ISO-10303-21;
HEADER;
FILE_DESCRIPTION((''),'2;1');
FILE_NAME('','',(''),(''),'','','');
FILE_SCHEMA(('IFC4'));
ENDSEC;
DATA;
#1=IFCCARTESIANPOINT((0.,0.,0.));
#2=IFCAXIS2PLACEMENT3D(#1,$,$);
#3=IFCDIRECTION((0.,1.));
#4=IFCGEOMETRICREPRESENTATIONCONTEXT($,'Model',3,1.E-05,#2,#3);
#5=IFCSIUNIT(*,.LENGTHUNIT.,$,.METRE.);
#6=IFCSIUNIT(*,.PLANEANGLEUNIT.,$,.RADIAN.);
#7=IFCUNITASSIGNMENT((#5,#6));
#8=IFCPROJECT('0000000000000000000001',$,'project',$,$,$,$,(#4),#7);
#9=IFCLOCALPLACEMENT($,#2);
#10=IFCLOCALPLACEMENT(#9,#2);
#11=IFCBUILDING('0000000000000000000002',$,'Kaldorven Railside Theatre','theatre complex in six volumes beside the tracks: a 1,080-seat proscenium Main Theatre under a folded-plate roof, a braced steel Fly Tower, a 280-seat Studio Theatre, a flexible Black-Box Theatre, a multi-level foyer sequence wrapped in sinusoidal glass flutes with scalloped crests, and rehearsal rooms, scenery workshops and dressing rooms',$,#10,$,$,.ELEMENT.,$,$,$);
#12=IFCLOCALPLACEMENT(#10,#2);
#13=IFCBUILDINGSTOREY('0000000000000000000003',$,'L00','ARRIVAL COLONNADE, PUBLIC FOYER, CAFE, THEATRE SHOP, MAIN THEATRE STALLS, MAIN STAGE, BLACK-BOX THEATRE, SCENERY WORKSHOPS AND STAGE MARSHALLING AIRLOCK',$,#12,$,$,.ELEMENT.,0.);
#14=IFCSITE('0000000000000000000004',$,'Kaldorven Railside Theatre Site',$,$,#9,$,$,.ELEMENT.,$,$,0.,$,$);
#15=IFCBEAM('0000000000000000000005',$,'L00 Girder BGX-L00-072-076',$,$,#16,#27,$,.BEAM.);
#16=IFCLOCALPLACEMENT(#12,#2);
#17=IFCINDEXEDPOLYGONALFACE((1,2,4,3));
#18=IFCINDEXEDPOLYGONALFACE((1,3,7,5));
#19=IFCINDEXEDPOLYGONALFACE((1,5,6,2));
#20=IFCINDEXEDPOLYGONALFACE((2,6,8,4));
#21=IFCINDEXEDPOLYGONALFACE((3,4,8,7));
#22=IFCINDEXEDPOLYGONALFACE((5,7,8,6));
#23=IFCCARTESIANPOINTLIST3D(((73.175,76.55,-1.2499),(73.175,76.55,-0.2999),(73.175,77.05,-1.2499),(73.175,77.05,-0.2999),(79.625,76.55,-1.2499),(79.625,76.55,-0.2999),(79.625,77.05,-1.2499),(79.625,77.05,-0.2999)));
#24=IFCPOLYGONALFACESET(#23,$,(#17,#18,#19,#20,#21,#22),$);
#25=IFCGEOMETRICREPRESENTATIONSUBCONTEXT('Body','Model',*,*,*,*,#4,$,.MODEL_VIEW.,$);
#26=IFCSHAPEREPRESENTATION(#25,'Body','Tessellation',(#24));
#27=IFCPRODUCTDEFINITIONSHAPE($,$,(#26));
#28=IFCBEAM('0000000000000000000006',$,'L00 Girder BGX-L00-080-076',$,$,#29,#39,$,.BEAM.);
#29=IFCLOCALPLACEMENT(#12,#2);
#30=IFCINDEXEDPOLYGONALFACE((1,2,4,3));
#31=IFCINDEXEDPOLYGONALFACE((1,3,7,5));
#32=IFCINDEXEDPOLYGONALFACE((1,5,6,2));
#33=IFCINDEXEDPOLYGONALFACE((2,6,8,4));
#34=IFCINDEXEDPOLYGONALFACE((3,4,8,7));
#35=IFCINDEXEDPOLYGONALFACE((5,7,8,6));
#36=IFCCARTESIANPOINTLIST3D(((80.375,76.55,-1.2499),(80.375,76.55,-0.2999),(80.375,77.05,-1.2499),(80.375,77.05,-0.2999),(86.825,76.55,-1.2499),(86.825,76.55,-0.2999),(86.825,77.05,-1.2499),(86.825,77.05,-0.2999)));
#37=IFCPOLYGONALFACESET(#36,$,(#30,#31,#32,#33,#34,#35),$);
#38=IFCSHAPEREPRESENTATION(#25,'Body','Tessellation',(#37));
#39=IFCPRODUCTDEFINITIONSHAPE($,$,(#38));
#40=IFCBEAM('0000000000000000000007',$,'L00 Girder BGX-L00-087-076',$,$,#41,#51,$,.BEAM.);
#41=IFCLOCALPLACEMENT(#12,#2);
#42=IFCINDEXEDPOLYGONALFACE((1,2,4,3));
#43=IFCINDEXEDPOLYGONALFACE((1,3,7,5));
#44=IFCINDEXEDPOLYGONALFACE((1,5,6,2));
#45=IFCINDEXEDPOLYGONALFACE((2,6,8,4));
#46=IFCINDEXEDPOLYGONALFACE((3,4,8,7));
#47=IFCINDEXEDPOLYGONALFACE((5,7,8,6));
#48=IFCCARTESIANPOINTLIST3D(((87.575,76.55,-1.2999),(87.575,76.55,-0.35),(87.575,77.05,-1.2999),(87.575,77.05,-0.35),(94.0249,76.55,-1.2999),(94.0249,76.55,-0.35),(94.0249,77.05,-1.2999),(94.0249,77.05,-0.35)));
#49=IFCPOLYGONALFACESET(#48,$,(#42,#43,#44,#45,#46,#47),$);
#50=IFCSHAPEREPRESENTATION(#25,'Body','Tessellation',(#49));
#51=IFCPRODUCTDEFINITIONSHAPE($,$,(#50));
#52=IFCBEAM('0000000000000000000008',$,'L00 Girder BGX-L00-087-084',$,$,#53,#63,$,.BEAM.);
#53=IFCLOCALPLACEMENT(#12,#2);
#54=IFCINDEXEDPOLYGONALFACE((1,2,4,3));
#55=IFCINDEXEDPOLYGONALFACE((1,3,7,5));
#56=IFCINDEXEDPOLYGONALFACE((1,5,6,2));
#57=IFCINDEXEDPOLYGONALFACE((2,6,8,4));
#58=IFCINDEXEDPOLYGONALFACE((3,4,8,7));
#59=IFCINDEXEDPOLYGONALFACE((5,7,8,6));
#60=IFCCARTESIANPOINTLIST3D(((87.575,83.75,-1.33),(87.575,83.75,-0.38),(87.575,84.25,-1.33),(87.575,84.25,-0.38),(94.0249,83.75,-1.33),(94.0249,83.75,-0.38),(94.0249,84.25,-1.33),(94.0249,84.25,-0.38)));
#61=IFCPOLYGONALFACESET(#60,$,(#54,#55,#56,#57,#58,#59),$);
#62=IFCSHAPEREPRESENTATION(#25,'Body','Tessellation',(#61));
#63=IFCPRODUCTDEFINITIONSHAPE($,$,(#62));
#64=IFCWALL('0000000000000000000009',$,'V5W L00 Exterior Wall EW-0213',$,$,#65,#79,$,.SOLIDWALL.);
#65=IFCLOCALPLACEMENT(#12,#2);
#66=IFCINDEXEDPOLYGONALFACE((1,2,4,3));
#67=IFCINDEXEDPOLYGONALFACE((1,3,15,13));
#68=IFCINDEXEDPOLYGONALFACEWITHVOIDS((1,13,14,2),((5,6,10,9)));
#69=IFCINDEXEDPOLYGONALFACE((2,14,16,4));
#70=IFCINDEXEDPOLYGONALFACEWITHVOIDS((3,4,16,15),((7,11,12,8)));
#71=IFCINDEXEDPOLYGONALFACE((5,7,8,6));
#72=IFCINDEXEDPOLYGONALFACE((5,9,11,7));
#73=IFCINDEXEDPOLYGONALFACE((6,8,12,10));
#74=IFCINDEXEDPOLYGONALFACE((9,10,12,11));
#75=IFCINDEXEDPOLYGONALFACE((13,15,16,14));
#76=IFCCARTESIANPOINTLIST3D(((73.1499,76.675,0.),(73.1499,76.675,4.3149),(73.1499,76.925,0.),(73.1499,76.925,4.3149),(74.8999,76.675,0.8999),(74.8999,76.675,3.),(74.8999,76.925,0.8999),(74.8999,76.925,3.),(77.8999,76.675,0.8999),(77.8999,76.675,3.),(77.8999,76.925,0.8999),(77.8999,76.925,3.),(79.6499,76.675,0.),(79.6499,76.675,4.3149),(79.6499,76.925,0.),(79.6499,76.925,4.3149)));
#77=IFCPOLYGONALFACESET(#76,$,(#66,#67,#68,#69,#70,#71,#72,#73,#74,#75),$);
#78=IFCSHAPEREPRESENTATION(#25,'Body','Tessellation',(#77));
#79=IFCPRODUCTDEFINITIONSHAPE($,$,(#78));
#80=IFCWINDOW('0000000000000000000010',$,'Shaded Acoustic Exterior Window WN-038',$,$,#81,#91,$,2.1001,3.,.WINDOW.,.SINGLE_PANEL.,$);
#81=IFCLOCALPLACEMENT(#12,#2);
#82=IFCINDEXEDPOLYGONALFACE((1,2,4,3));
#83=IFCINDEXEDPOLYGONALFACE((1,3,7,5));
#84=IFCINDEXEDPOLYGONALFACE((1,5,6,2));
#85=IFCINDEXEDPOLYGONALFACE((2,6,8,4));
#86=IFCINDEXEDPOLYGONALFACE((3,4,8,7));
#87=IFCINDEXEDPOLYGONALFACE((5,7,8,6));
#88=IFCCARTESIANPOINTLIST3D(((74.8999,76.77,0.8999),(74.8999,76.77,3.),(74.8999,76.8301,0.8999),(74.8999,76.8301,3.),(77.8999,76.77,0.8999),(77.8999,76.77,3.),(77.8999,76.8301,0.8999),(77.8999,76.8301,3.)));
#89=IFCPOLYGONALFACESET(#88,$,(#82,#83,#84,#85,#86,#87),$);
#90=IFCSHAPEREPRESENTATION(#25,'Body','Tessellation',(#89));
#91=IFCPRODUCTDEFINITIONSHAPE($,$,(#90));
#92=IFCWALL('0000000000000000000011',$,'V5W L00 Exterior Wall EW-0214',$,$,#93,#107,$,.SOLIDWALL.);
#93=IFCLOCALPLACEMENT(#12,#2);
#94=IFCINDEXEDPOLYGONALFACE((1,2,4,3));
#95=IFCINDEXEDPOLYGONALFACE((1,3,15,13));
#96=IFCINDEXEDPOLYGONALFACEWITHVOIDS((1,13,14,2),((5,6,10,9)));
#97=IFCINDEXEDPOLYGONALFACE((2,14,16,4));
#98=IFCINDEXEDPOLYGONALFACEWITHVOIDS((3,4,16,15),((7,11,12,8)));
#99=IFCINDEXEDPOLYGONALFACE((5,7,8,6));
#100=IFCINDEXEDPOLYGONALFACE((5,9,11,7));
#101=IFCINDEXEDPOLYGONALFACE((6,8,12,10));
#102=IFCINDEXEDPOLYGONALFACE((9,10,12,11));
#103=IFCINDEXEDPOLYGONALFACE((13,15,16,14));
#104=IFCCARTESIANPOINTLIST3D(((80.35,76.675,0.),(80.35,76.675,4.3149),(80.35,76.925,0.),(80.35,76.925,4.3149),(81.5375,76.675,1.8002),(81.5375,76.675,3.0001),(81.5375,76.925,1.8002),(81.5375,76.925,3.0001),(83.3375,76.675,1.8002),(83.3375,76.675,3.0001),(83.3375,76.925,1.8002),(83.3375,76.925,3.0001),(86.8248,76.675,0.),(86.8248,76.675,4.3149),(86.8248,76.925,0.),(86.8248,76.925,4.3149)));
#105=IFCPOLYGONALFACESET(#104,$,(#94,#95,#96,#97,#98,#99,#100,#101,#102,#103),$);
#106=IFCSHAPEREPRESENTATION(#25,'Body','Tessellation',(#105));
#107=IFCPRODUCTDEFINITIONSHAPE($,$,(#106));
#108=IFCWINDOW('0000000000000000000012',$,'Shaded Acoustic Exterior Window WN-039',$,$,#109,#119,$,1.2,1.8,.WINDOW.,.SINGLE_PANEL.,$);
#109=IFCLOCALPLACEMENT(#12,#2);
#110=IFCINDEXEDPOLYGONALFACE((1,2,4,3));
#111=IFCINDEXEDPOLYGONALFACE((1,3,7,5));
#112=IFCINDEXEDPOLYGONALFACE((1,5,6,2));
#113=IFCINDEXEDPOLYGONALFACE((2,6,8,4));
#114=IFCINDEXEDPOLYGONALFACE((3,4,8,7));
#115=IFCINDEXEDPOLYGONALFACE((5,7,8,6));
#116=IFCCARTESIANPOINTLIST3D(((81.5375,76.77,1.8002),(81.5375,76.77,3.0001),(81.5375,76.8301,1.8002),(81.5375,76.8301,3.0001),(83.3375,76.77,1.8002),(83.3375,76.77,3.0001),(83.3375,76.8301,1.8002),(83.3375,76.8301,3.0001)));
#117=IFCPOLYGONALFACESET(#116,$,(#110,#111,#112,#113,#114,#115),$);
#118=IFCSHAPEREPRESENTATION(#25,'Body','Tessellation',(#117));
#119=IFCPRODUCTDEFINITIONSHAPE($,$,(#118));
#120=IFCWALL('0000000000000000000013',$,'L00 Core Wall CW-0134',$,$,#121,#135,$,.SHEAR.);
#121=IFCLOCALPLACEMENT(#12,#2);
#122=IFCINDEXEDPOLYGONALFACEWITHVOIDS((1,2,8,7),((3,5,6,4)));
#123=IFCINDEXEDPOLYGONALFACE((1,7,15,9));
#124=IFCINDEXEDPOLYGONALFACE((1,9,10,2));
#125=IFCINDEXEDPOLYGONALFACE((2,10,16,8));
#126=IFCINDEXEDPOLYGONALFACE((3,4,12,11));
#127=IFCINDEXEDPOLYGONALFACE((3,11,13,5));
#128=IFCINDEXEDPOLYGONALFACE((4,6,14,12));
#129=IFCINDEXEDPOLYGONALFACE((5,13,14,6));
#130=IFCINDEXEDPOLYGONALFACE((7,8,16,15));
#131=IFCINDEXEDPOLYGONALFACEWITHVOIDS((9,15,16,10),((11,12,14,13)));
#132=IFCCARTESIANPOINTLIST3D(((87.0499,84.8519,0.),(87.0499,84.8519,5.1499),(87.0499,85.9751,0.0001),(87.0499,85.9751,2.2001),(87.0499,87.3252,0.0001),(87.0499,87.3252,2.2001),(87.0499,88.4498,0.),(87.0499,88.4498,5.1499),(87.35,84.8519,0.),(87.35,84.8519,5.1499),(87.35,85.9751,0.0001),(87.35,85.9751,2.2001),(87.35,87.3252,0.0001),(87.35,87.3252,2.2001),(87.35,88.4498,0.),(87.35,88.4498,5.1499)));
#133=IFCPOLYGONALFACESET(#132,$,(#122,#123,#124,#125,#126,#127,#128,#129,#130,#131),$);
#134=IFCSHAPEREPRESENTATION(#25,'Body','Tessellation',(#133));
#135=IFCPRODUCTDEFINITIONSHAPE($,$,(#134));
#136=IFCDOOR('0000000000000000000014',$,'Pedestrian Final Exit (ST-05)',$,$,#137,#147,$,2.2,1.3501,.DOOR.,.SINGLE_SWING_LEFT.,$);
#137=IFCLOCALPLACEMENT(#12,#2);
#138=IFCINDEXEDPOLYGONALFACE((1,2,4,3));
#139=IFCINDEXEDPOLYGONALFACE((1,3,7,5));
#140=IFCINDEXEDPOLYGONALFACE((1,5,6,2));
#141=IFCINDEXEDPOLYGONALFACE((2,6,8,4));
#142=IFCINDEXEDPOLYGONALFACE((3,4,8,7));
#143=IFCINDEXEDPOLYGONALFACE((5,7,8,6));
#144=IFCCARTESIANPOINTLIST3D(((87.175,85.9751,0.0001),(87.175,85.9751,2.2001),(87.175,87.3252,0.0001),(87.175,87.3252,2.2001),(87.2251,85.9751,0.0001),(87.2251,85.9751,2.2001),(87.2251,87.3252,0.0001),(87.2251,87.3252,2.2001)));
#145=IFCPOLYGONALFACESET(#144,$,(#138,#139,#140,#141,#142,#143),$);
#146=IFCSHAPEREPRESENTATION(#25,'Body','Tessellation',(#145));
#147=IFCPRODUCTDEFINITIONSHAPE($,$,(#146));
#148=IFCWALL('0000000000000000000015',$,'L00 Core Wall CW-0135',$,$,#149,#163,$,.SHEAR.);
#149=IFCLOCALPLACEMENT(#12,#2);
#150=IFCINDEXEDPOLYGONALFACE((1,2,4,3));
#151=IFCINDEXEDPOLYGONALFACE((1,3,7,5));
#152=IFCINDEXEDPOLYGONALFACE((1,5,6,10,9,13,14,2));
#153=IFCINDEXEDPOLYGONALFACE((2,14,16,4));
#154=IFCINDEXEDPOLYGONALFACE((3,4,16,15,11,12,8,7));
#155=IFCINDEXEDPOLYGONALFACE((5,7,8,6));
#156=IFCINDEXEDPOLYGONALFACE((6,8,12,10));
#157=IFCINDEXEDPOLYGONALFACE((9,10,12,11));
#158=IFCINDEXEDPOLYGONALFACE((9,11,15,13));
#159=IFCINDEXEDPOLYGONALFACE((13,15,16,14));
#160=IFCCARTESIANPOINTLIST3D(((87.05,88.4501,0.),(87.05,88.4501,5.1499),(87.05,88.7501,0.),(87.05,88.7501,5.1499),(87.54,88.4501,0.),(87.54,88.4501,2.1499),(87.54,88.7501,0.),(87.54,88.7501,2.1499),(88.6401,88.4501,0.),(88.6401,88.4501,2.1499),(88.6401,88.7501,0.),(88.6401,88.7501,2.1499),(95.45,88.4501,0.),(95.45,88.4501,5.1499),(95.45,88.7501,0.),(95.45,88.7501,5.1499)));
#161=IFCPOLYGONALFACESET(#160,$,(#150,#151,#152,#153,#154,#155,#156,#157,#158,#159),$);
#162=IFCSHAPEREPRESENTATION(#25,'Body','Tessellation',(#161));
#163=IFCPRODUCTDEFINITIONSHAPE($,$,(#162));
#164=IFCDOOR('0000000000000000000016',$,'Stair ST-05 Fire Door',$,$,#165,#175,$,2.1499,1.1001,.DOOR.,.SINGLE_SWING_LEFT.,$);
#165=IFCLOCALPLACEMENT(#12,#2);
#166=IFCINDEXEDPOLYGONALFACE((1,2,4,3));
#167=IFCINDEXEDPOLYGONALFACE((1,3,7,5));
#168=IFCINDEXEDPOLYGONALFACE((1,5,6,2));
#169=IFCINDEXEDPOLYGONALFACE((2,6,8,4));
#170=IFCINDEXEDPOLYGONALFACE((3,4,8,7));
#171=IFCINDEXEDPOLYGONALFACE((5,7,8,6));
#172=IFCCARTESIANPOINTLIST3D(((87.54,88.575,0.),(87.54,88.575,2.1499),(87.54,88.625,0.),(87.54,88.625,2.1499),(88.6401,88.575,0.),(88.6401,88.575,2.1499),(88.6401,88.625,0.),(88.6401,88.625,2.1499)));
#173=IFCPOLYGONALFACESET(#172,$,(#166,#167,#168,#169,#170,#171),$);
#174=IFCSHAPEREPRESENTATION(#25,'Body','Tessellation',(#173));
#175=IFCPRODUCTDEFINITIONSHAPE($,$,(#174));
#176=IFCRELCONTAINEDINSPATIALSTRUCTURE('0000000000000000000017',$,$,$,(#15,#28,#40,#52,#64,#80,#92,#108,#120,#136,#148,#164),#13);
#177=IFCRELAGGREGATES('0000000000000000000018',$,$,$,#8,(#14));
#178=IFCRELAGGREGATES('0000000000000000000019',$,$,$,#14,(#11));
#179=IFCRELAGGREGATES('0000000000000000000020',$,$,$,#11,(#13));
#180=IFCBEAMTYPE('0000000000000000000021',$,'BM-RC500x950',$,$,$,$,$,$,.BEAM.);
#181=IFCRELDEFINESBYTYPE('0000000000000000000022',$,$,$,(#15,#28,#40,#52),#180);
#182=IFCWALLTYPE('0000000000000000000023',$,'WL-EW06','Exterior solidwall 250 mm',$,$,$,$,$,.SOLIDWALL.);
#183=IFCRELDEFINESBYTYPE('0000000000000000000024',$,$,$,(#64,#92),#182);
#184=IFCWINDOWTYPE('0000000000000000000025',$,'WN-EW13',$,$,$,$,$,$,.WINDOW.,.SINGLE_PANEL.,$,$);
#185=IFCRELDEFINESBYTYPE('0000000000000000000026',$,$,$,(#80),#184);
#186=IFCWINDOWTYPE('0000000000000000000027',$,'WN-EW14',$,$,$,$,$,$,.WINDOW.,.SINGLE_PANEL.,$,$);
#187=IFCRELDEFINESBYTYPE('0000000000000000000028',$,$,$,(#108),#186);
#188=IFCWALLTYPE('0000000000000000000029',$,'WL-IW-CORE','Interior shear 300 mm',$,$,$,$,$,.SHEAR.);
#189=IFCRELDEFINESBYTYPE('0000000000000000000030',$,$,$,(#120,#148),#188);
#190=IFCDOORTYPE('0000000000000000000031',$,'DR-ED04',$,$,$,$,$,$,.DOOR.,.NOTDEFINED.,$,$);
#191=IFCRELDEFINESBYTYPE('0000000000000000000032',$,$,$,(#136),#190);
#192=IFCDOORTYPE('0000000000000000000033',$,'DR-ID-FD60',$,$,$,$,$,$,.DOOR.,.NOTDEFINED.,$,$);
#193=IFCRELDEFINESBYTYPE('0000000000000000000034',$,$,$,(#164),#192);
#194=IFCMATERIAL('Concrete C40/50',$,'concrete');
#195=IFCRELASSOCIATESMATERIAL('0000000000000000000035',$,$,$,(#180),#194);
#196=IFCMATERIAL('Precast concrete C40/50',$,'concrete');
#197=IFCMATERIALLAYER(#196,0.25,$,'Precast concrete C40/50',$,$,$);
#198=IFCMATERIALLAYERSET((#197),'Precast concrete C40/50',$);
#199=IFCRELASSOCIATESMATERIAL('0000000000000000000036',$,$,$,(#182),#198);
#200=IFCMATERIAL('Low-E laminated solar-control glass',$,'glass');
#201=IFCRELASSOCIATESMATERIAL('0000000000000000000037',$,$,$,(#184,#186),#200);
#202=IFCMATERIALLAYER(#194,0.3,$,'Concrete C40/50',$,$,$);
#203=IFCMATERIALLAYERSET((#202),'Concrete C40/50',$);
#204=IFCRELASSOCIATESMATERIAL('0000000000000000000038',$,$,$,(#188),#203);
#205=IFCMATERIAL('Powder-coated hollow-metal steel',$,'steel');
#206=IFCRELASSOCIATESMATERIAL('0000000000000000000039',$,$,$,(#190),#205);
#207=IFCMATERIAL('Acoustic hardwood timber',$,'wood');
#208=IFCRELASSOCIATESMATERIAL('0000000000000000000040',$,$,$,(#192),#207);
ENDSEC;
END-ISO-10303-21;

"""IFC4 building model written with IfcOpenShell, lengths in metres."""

from ifc_helpers import new_model, si_unit, direction, frame, frame_2d, origin, origin_2d, place, context, subcontext, project, spatial, rectangle, extrude, material, layer, layer_set, material_profile, profile_set, type_object, element, fill, save


model = new_model("IFC4")

# Units and contexts
model_context = context("Model", 3, precision=1e-05, world=origin(), true_north=direction((0.0, 1.0)))
body_context = subcontext(model_context, "Body", "Model", "MODEL_VIEW")
ifc_project = project(units=[si_unit("LENGTHUNIT", "METRE"), si_unit("PLANEANGLEUNIT", "RADIAN")], contexts=[model_context])

# Site, building, storey
site_placement = place(None, origin())
site = spatial("IfcSite", under=ifc_project, at=site_placement, Name="Kaldorven Railside Theatre Site", CompositionType="ELEMENT", RefElevation=0.0)
building_placement = place(site_placement, origin())
building = spatial("IfcBuilding", under=site, at=building_placement, Name="Kaldorven Railside Theatre", Description="theatre complex in six volumes beside the tracks: a 1,080-seat proscenium Main Theatre under a folded-plate roof, a braced steel Fly Tower, a 280-seat Studio Theatre, a flexible Black-Box Theatre, a multi-level foyer sequence wrapped in sinusoidal glass flutes with scalloped crests, and rehearsal rooms, scenery workshops and dressing rooms", CompositionType="ELEMENT")
storey_placement = place(building_placement, origin())
storey = spatial("IfcBuildingStorey", under=building, at=storey_placement, Name="L00", Description="ARRIVAL COLONNADE, PUBLIC FOYER, CAFE, THEATRE SHOP, MAIN THEATRE STALLS, MAIN STAGE, BLACK-BOX THEATRE, SCENERY WORKSHOPS AND STAGE MARSHALLING AIRLOCK", CompositionType="ELEMENT", Elevation=0.0)

# Shared definitions
ifc_material_1 = material(Name="Concrete C40/50", Category="concrete")

# Beams
ifc_material_profile_1 = material_profile(ifc_material_1, rectangle(XDim=0.5, YDim=0.95, at=origin_2d()), Name="RC 500x950")
ifc_profile_set_1 = profile_set([ifc_material_profile_1], Name="Concrete C40/50")
beam_type_1 = type_object("IfcBeamType", Name="BM-RC500x950", PredefinedType="BEAM", material=ifc_profile_set_1)
for number, where, z_axis, x_axis, name in (
    (1, (73.175, 76.8, -0.7749), (1.0, 0.0, 0.0), (0.0, 1.0, 0.0), "L00 Girder BGX-L00-072-076"),
    (2, (80.375, 76.8, -0.7749), (1.0, 0.0, 0.0), (0.0, 1.0, 0.0), "L00 Girder BGX-L00-080-076"),
    (3, (87.575, 76.8, -0.825), (1.0, 0.0, 0.0), (0.0, 1.0, 0.0), "L00 Girder BGX-L00-087-076"),
    (4, (87.575, 84.0, -0.855), (1.0, 0.0, 0.0), (0.0, 1.0, 0.0), "L00 Girder BGX-L00-087-084"),
):
    element("IfcBeam", number, at=place(storey_placement, frame(where, z_axis=z_axis, x_axis=x_axis)), inside=storey, type_object=beam_type_1, Name=name, PredefinedType="BEAM", context=body_context, shape_type="SweptSolid", body=[
        extrude(rectangle(XDim=0.5, YDim=0.95, at=origin_2d()), origin(), (0.0, 0.0, 1.0), 6.45),
    ])

# Walls, openings, windows
ifc_material_2 = material(Name="Precast concrete C40/50", Category="concrete")
ifc_layer_1 = layer(ifc_material_2, 0.25, Name="Precast concrete C40/50")
ifc_layer_set_1 = layer_set([ifc_layer_1], Name="Precast concrete C40/50")
wall_type_1 = type_object("IfcWallType", Name="WL-EW06", Description="Exterior solidwall 250 mm", PredefinedType="SOLIDWALL", material=ifc_layer_set_1)
wall_1_placement = place(storey_placement, frame((73.1499, 76.8, 0.0), z_axis=(0.0, 0.0, 1.0), x_axis=(1.0, 0.0, 0.0)))
wall_1 = element("IfcWall", 5, at=wall_1_placement, inside=storey, type_object=wall_type_1, Name="V5W L00 Exterior Wall EW-0213", PredefinedType="SOLIDWALL", context=body_context, shape_type="SweptSolid", body=[
    extrude(rectangle(XDim=6.5, YDim=0.25, at=frame_2d((3.25, 0.0))), origin(), (0.0, 0.0, 1.0), 4.3149),
])
opening_1_placement = place(wall_1_placement, frame((1.75, 0.0, 0.8999)))
opening_1 = element("IfcOpeningElement", 6, at=opening_1_placement, cuts=wall_1, PredefinedType="OPENING", context=body_context, shape_type="SweptSolid", body=[
    extrude(rectangle(XDim=3.0, YDim=2.1001, at=frame_2d((1.5, 1.05))), frame((0.0, 0.135, 0.0), z_axis=(0.0, -1.0, 0.0), x_axis=(1.0, 0.0, 0.0)), (0.0, 0.0, 1.0), 0.27),
])
ifc_material_3 = material(Name="Low-E laminated solar-control glass", Category="glass")
window_type_1 = type_object("IfcWindowType", Name="WN-EW13", PartitioningType="SINGLE_PANEL", PredefinedType="WINDOW", material=ifc_material_3)
window_1_placement = place(opening_1_placement, origin())
window_1 = element("IfcWindow", 7, at=window_1_placement, inside=storey, type_object=window_type_1, Name="Shaded Acoustic Exterior Window WN-038", OverallHeight=2.1001, OverallWidth=3.0, PartitioningType="SINGLE_PANEL", PredefinedType="WINDOW", context=body_context, shape_type="SweptSolid", body=[
    extrude(rectangle(XDim=3.0, YDim=2.1001, at=frame_2d((1.5, 1.05))), frame((0.0, 0.03, 0.0), z_axis=(0.0, -1.0, 0.0), x_axis=(1.0, 0.0, 0.0)), (0.0, 0.0, 1.0), 0.0601),
])
fill(opening_1, window_1)
wall_2_placement = place(storey_placement, frame((80.3501, 76.8, 0.0), z_axis=(0.0, 0.0, 1.0), x_axis=(1.0, 0.0, 0.0)))
wall_2 = element("IfcWall", 8, at=wall_2_placement, inside=storey, type_object=wall_type_1, Name="V5W L00 Exterior Wall EW-0214", PredefinedType="SOLIDWALL", context=body_context, shape_type="SweptSolid", body=[
    extrude(rectangle(XDim=6.4749, YDim=0.25, at=frame_2d((3.2373, 0.0))), origin(), (0.0, 0.0, 1.0), 4.3149),
])
opening_2_placement = place(wall_2_placement, frame((1.1875, 0.0, 1.8)))
opening_2 = element("IfcOpeningElement", 9, at=opening_2_placement, cuts=wall_2, PredefinedType="OPENING", context=body_context, shape_type="SweptSolid", body=[
    extrude(rectangle(XDim=1.8, YDim=1.2, at=frame_2d((0.8999, 0.6001))), frame((0.0, 0.135, 0.0), z_axis=(0.0, -1.0, 0.0), x_axis=(1.0, 0.0, 0.0)), (0.0, 0.0, 1.0), 0.27),
])
window_type_2 = type_object("IfcWindowType", Name="WN-EW14", PartitioningType="SINGLE_PANEL", PredefinedType="WINDOW", material=ifc_material_3)
window_2_placement = place(opening_2_placement, origin())
window_2 = element("IfcWindow", 10, at=window_2_placement, inside=storey, type_object=window_type_2, Name="Shaded Acoustic Exterior Window WN-039", OverallHeight=1.2, OverallWidth=1.8, PartitioningType="SINGLE_PANEL", PredefinedType="WINDOW", context=body_context, shape_type="SweptSolid", body=[
    extrude(rectangle(XDim=1.8, YDim=1.2, at=frame_2d((0.8999, 0.6001))), frame((0.0, 0.03, 0.0), z_axis=(0.0, -1.0, 0.0), x_axis=(1.0, 0.0, 0.0)), (0.0, 0.0, 1.0), 0.0601),
])
fill(opening_2, window_2)

# Walls, openings, doors
ifc_layer_2 = layer(ifc_material_1, 0.3, Name="Concrete C40/50")
ifc_layer_set_2 = layer_set([ifc_layer_2], Name="Concrete C40/50")
wall_type_2 = type_object("IfcWallType", Name="WL-IW-CORE", Description="Interior shear 300 mm", PredefinedType="SHEAR", material=ifc_layer_set_2)
wall_3_placement = place(storey_placement, frame((87.2, 84.8521, 0.0), z_axis=(0.0, 0.0, 1.0), x_axis=(0.0, 1.0, 0.0)))
wall_3 = element("IfcWall", 11, at=wall_3_placement, inside=storey, type_object=wall_type_2, Name="L00 Core Wall CW-0134", PredefinedType="SHEAR", context=body_context, shape_type="SweptSolid", body=[
    extrude(rectangle(XDim=3.5979, YDim=0.3, at=frame_2d((1.7988, 0.0))), origin(), (0.0, 0.0, 1.0), 5.1499),
])
opening_3_placement = place(wall_3_placement, frame((1.123, 0.0, 0.0)))
opening_3 = element("IfcOpeningElement", 12, at=opening_3_placement, cuts=wall_3, PredefinedType="OPENING", context=body_context, shape_type="SweptSolid", body=[
    extrude(rectangle(XDim=1.3501, YDim=2.2, at=frame_2d((0.675, 1.1001))), frame((0.0, 0.1602, 0.0), z_axis=(0.0, -1.0, 0.0), x_axis=(1.0, 0.0, 0.0)), (0.0, 0.0, 1.0), 0.3201),
])
ifc_material_4 = material(Name="Powder-coated hollow-metal steel", Category="steel")
door_type_1 = type_object("IfcDoorType", Name="DR-ED04", OperationType="NOTDEFINED", PredefinedType="DOOR", material=ifc_material_4)
door_1_placement = place(opening_3_placement, origin())
door_1 = element("IfcDoor", 13, at=door_1_placement, inside=storey, type_object=door_type_1, Name="Pedestrian Final Exit (ST-05)", OperationType="SINGLE_SWING_LEFT", OverallHeight=2.2, OverallWidth=1.3501, PredefinedType="DOOR", context=body_context, shape_type="SweptSolid", body=[
    extrude(rectangle(XDim=1.3501, YDim=2.2, at=frame_2d((0.675, 1.1001))), frame((0.0, 0.0249, 0.0), z_axis=(0.0, -1.0, 0.0), x_axis=(1.0, 0.0, 0.0)), (0.0, 0.0, 1.0), 0.05),
])
fill(opening_3, door_1)
wall_4_placement = place(storey_placement, frame((87.05, 88.6001, 0.0), z_axis=(0.0, 0.0, 1.0), x_axis=(1.0, 0.0, 0.0)))
wall_4 = element("IfcWall", 14, at=wall_4_placement, inside=storey, type_object=wall_type_2, Name="L00 Core Wall CW-0135", PredefinedType="SHEAR", context=body_context, shape_type="SweptSolid", body=[
    extrude(rectangle(XDim=8.3999, YDim=0.3, at=frame_2d((4.2, 0.0))), origin(), (0.0, 0.0, 1.0), 5.1499),
])
opening_4_placement = place(wall_4_placement, frame((0.49, 0.0, 0.0)))
opening_4 = element("IfcOpeningElement", 15, at=opening_4_placement, cuts=wall_4, PredefinedType="OPENING", context=body_context, shape_type="SweptSolid", body=[
    extrude(rectangle(XDim=1.1001, YDim=2.1499, at=frame_2d((0.55, 1.075))), frame((0.0, 0.1602, 0.0), z_axis=(0.0, -1.0, 0.0), x_axis=(1.0, 0.0, 0.0)), (0.0, 0.0, 1.0), 0.3201),
])
ifc_material_5 = material(Name="Acoustic hardwood timber", Category="wood")
door_type_2 = type_object("IfcDoorType", Name="DR-ID-FD60", OperationType="NOTDEFINED", PredefinedType="DOOR", material=ifc_material_5)
door_2_placement = place(opening_4_placement, origin())
door_2 = element("IfcDoor", 16, at=door_2_placement, inside=storey, type_object=door_type_2, Name="Stair ST-05 Fire Door", OperationType="SINGLE_SWING_LEFT", OverallHeight=2.1499, OverallWidth=1.1001, PredefinedType="DOOR", context=body_context, shape_type="SweptSolid", body=[
    extrude(rectangle(XDim=1.1001, YDim=2.1499, at=frame_2d((0.55, 1.075))), frame((0.0, 0.0249, 0.0), z_axis=(0.0, -1.0, 0.0), x_axis=(1.0, 0.0, 0.0)), (0.0, 0.0, 1.0), 0.05),
])
fill(opening_4, door_2)

save(model, "model.ifc")
